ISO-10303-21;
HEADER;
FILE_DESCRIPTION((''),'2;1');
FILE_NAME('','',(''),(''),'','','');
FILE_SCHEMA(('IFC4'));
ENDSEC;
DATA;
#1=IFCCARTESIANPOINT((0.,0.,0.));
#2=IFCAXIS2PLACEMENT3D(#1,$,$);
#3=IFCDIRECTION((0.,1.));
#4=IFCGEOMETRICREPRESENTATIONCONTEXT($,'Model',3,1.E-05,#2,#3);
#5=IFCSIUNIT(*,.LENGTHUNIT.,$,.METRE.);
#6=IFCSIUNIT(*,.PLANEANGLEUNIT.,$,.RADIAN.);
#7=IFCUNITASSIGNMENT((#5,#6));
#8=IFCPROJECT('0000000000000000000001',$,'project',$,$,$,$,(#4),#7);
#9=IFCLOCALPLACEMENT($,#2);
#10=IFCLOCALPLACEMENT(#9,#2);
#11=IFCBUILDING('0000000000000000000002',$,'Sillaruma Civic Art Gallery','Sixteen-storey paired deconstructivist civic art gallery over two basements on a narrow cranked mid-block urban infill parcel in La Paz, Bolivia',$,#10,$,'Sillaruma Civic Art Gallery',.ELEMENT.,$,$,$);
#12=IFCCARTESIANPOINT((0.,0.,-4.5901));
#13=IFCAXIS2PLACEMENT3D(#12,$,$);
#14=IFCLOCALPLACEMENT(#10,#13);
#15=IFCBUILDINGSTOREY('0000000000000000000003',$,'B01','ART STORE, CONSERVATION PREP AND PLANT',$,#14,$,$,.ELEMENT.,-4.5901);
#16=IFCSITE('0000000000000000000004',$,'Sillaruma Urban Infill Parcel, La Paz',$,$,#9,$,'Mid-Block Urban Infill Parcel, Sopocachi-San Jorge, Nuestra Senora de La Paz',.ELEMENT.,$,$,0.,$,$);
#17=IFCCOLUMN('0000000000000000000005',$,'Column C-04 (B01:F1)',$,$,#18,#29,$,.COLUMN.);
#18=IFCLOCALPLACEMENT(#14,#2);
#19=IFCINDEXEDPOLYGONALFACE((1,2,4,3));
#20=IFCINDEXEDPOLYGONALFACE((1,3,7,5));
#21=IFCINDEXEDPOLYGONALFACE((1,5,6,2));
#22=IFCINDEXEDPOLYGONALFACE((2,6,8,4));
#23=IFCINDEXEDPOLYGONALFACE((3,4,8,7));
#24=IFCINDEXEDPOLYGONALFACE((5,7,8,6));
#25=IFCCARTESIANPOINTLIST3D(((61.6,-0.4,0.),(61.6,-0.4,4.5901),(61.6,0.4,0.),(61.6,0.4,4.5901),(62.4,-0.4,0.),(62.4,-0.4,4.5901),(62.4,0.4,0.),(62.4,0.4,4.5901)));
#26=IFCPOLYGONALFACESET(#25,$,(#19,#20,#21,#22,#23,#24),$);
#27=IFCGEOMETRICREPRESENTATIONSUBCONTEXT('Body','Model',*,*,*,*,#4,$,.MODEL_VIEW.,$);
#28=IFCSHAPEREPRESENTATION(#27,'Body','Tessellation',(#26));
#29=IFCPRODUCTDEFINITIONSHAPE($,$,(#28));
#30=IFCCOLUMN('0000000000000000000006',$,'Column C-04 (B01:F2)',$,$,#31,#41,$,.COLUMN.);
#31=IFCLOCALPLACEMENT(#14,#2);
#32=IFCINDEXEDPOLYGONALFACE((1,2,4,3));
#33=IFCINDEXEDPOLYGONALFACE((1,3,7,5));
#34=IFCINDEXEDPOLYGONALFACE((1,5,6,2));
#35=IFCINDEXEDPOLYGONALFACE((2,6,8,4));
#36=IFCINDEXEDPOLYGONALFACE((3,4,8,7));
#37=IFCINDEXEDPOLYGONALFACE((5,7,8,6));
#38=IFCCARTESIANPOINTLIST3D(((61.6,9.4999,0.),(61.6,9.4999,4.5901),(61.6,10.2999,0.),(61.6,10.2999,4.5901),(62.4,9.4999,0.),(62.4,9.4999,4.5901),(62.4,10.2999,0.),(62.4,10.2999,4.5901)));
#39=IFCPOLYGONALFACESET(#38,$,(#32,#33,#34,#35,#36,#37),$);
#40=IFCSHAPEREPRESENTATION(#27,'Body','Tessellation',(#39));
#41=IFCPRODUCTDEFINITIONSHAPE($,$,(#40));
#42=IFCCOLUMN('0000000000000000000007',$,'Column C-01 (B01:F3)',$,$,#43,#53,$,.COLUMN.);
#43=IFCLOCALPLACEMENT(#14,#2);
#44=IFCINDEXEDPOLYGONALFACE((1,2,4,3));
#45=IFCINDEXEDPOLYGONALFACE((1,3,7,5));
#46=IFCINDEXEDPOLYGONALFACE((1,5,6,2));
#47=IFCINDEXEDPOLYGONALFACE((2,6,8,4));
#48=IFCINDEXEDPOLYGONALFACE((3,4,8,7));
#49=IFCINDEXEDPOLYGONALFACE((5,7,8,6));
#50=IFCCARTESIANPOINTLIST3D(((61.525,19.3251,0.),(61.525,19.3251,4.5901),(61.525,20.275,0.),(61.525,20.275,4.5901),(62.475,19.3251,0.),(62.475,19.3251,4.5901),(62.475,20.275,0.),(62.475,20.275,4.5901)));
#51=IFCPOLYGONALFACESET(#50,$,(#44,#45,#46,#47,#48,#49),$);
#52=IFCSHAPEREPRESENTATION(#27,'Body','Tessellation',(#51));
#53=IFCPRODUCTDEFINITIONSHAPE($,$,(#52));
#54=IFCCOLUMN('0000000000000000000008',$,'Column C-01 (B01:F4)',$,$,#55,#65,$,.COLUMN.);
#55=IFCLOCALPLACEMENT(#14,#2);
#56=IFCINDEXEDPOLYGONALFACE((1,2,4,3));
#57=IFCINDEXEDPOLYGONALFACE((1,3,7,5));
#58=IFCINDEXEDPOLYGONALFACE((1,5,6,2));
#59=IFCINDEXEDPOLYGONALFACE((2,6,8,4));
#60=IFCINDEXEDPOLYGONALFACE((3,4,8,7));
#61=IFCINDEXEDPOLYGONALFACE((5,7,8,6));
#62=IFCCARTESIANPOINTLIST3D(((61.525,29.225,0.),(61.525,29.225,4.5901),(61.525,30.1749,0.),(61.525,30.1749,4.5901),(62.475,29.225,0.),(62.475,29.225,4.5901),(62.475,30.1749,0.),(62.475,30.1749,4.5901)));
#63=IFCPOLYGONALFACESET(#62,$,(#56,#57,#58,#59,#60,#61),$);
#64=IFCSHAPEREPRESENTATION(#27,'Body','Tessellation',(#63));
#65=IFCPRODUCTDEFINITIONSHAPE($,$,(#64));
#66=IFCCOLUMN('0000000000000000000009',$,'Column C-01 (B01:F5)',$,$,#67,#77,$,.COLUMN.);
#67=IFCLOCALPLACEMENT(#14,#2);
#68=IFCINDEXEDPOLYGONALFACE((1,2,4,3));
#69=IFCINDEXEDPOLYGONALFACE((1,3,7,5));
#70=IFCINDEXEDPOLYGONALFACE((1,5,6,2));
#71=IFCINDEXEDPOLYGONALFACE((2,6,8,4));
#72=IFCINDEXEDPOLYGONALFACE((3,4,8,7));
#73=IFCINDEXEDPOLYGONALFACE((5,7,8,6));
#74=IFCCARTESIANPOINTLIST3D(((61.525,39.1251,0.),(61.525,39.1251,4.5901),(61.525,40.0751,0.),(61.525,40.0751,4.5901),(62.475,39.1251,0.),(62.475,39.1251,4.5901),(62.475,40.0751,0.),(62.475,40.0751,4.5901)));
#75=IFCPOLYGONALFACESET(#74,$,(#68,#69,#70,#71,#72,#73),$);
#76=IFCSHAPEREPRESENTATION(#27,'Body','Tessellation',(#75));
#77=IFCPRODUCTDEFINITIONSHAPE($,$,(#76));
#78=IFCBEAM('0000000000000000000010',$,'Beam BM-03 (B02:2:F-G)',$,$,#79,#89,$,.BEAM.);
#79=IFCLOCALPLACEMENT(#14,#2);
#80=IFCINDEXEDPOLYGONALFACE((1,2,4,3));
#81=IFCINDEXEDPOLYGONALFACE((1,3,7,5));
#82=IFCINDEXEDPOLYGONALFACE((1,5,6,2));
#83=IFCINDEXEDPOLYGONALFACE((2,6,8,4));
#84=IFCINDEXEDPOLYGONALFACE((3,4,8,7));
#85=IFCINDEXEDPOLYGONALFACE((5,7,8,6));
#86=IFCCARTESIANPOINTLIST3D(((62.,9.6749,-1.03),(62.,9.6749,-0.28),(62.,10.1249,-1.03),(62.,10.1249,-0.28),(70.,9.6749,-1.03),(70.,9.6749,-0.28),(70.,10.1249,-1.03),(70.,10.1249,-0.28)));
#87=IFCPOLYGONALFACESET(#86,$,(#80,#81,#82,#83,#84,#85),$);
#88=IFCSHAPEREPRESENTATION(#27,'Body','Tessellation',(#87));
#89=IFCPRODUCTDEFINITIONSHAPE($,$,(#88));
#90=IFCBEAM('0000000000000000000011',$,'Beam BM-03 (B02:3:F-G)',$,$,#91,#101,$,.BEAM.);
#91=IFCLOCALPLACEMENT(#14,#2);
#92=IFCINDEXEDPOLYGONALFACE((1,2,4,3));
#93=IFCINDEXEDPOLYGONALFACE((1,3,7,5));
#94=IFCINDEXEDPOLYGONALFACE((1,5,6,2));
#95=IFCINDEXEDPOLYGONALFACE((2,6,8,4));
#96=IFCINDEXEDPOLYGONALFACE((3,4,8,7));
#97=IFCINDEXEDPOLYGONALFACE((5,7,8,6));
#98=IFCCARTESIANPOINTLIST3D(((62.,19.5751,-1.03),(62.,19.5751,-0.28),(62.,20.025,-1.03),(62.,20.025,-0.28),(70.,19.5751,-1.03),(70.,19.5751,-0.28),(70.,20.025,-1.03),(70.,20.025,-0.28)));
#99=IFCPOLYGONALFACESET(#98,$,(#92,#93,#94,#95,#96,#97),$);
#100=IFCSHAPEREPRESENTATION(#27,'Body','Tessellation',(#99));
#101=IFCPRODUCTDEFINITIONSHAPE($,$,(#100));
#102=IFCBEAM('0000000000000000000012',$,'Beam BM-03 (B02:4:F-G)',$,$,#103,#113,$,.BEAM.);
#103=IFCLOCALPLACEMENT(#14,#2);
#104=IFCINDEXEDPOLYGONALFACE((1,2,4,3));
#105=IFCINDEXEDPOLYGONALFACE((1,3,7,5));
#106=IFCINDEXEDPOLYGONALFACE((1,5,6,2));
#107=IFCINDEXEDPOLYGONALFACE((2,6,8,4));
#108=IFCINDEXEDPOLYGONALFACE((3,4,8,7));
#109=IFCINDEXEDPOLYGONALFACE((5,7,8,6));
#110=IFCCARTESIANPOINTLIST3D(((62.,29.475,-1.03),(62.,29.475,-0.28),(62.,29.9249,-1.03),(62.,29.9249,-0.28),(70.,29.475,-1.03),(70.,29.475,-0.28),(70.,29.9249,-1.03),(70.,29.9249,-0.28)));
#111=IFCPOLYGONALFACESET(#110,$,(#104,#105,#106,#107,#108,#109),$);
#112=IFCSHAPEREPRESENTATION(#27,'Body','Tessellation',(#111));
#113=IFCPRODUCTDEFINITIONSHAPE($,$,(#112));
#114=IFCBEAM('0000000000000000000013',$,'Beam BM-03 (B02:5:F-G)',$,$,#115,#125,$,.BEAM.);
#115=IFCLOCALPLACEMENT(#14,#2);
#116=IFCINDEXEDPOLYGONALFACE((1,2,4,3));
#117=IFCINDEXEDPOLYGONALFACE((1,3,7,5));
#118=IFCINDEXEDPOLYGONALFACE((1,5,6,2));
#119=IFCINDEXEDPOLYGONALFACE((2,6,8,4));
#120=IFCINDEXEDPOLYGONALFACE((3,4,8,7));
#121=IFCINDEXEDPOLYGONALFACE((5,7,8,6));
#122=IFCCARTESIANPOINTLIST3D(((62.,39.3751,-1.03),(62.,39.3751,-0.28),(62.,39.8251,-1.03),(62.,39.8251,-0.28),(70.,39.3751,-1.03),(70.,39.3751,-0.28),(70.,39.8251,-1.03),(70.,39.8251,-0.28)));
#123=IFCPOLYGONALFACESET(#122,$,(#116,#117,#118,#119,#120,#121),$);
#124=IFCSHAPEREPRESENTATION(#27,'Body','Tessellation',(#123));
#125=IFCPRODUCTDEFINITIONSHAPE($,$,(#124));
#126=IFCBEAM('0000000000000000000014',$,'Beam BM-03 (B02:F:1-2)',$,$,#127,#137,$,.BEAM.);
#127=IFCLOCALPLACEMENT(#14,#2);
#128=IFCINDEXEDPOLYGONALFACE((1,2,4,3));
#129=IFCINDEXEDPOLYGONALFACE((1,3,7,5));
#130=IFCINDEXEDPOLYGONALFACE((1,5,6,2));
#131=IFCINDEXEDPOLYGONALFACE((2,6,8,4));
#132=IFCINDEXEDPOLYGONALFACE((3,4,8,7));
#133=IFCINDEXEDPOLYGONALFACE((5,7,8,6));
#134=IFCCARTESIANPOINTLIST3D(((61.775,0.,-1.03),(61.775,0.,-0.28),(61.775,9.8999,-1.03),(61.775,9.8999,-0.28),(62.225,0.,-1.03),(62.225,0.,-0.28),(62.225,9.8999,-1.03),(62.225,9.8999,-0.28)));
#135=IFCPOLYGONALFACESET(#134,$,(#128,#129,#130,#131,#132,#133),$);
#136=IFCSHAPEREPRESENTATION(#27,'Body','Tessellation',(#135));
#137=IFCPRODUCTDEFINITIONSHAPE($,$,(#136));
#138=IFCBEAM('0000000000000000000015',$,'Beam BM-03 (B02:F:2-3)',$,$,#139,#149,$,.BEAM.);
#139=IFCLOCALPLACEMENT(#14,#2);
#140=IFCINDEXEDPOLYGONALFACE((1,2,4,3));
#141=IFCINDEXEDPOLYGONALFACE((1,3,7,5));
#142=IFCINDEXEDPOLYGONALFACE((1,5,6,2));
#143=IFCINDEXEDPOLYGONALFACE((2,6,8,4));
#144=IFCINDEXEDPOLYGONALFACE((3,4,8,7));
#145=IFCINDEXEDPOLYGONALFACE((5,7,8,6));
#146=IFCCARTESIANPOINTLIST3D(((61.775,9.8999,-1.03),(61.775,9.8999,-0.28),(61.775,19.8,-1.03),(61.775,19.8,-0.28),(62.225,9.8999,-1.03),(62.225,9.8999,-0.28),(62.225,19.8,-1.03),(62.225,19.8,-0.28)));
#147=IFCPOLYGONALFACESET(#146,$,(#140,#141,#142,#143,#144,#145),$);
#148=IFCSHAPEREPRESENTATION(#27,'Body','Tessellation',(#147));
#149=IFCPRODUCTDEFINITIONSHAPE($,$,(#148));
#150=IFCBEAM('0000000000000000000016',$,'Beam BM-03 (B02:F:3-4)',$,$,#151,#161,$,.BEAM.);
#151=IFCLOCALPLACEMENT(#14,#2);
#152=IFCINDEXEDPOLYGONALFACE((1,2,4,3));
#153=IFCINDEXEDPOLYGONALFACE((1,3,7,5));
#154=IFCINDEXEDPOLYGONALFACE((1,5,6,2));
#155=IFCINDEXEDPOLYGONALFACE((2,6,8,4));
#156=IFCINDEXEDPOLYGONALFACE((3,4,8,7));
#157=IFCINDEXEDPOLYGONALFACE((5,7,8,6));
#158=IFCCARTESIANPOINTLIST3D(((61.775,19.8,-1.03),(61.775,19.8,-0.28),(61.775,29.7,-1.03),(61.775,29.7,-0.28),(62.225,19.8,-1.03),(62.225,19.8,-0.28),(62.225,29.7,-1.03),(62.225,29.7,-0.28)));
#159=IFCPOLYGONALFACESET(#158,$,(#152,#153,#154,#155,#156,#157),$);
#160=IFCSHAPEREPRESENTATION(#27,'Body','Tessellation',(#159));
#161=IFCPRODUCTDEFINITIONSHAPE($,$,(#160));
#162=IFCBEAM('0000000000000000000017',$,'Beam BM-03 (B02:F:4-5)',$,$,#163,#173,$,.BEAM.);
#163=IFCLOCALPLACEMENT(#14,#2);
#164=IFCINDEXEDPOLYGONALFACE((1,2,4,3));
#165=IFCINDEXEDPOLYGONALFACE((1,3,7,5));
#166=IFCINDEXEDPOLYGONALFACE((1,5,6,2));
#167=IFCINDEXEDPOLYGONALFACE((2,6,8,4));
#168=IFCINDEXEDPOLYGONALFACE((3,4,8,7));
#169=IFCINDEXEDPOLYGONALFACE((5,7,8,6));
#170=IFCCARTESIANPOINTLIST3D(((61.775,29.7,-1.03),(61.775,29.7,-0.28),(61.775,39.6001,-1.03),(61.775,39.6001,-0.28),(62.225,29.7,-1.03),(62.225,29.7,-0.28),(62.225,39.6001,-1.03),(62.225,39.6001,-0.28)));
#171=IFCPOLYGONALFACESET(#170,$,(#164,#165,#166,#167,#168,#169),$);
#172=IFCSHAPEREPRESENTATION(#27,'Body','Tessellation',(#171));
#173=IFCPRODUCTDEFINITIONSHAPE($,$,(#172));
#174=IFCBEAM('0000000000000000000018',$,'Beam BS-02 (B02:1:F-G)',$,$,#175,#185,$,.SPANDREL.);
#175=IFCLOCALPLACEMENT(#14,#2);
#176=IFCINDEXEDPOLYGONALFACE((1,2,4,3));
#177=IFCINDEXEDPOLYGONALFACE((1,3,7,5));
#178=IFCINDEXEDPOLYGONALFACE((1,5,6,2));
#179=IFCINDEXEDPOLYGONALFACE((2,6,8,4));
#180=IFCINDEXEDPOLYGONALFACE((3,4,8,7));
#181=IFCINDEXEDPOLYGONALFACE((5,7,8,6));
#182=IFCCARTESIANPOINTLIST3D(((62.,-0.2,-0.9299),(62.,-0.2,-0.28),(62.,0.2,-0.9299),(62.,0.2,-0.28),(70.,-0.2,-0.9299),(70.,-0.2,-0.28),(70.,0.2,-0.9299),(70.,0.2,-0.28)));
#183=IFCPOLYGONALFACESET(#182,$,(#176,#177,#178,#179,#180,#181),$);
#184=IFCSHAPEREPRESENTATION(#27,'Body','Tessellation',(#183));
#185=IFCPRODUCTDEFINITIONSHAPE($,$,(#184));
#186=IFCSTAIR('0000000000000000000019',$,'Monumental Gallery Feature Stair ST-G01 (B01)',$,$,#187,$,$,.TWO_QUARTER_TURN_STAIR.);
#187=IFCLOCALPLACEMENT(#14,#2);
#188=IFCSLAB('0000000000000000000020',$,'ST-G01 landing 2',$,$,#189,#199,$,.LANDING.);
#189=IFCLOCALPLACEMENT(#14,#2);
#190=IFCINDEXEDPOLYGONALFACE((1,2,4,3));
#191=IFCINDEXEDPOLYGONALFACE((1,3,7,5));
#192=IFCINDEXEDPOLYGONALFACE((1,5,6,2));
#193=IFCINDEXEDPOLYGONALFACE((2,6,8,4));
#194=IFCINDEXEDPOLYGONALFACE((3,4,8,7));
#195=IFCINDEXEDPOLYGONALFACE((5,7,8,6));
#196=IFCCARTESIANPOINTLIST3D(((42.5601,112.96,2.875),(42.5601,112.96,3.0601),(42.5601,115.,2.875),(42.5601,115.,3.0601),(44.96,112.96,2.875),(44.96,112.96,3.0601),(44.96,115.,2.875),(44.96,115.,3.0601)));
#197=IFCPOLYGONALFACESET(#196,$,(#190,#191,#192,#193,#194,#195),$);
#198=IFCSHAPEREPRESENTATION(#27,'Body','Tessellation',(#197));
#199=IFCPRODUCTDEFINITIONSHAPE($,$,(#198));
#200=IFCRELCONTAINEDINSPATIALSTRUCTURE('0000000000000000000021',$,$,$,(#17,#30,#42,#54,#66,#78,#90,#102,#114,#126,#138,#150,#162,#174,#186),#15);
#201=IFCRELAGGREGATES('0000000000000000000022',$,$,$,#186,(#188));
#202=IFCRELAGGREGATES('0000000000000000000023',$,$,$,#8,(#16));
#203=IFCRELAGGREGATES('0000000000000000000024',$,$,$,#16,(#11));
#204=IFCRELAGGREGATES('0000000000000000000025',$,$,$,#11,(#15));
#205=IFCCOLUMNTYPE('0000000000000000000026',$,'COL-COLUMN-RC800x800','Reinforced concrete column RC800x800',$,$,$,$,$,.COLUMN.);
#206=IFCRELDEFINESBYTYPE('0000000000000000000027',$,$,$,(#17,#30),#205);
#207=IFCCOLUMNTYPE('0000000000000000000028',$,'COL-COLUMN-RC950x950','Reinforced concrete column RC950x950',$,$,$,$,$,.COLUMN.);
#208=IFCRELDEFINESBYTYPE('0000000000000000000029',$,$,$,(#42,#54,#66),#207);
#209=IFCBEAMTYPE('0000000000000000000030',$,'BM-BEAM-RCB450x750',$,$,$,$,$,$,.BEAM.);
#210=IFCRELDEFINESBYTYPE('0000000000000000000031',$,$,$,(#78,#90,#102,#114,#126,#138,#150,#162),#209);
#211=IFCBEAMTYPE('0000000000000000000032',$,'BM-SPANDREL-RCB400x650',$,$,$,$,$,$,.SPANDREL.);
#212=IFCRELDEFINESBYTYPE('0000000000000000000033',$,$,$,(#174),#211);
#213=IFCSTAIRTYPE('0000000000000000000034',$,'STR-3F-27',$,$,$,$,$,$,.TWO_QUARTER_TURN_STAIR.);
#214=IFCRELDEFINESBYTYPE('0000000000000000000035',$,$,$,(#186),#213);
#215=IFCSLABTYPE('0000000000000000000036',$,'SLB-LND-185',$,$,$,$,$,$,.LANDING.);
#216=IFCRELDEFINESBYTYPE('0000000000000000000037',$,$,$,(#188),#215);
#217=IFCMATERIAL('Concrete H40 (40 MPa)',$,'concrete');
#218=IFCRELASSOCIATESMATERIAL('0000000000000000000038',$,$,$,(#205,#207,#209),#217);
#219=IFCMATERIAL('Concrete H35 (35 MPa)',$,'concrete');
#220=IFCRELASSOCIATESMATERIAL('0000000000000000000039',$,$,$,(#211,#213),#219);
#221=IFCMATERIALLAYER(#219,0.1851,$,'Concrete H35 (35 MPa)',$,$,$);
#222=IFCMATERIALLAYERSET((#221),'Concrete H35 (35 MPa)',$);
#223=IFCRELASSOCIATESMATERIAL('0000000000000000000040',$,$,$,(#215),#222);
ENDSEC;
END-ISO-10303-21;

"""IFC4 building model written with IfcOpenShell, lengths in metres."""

from ifc_helpers import new_model, si_unit, direction, frame, origin, origin_2d, place, context, subcontext, project, spatial, polyline, rectangle, outline, extrude, material, layer, layer_set, material_profile, profile_set, type_object, element, aggregate, save


model = new_model("IFC4")

# Units and contexts
model_context = context("Model", 3, precision=1e-05, world=origin(), true_north=direction((0.0, 1.0)))
body_context = subcontext(model_context, "Body", "Model", "MODEL_VIEW")
ifc_project = project(units=[si_unit("LENGTHUNIT", "METRE"), si_unit("PLANEANGLEUNIT", "RADIAN")], contexts=[model_context])

# Site, building, storey
site_placement = place(None, origin())
site = spatial("IfcSite", under=ifc_project, at=site_placement, Name="Sillaruma Urban Infill Parcel, La Paz", LongName="Mid-Block Urban Infill Parcel, Sopocachi-San Jorge, Nuestra Senora de La Paz", CompositionType="ELEMENT", RefElevation=0.0)
building_placement = place(site_placement, origin())
building = spatial("IfcBuilding", under=site, at=building_placement, Name="Sillaruma Civic Art Gallery", Description="Sixteen-storey paired deconstructivist civic art gallery over two basements on a narrow cranked mid-block urban infill parcel in La Paz, Bolivia", LongName="Sillaruma Civic Art Gallery", CompositionType="ELEMENT")
storey_placement = place(building_placement, frame((0.0, 0.0, -4.5901)))
storey = spatial("IfcBuildingStorey", under=building, at=storey_placement, Name="B01", Description="ART STORE, CONSERVATION PREP AND PLANT", CompositionType="ELEMENT", Elevation=-4.5901)

# Columns
ifc_material_1 = material(Name="Concrete H40 (40 MPa)", Category="concrete")
ifc_material_profile_1 = material_profile(ifc_material_1, rectangle(XDim=0.8, YDim=0.8, at=origin_2d()), Name="RC800x800")
ifc_profile_set_1 = profile_set([ifc_material_profile_1], Name="Concrete H40 (40 MPa)")
column_type_1 = type_object("IfcColumnType", Name="COL-COLUMN-RC800x800", Description="Reinforced concrete column RC800x800", PredefinedType="COLUMN", material=ifc_profile_set_1)
for number, where, z_axis, x_axis, name in (
    (1, (62.0, 0.0, 0.0), (0.0, 0.0, 1.0), (1.0, 0.0, 0.0), "Column C-04 (B01:F1)"),
    (2, (62.0, 9.8999, 0.0), (0.0, 0.0, 1.0), (1.0, 0.0, 0.0), "Column C-04 (B01:F2)"),
):
    element("IfcColumn", number, at=place(storey_placement, frame(where, z_axis=z_axis, x_axis=x_axis)), inside=storey, type_object=column_type_1, Name=name, PredefinedType="COLUMN", context=body_context, shape_type="SweptSolid", body=[
        extrude(rectangle(XDim=0.8, YDim=0.8, at=origin_2d()), origin(), (0.0, 0.0, 1.0), 4.5901),
    ])
ifc_material_profile_2 = material_profile(ifc_material_1, rectangle(XDim=0.95, YDim=0.95, at=origin_2d()), Name="RC950x950")
ifc_profile_set_2 = profile_set([ifc_material_profile_2], Name="Concrete H40 (40 MPa)")
column_type_2 = type_object("IfcColumnType", Name="COL-COLUMN-RC950x950", Description="Reinforced concrete column RC950x950", PredefinedType="COLUMN", material=ifc_profile_set_2)
for number, where, z_axis, x_axis, name in (
    (3, (62.0, 19.8, 0.0), (0.0, 0.0, 1.0), (1.0, 0.0, 0.0), "Column C-01 (B01:F3)"),
    (4, (62.0, 29.7, 0.0), (0.0, 0.0, 1.0), (1.0, 0.0, 0.0), "Column C-01 (B01:F4)"),
    (5, (62.0, 39.6001, 0.0), (0.0, 0.0, 1.0), (1.0, 0.0, 0.0), "Column C-01 (B01:F5)"),
):
    element("IfcColumn", number, at=place(storey_placement, frame(where, z_axis=z_axis, x_axis=x_axis)), inside=storey, type_object=column_type_2, Name=name, PredefinedType="COLUMN", context=body_context, shape_type="SweptSolid", body=[
        extrude(rectangle(XDim=0.95, YDim=0.95, at=origin_2d()), origin(), (0.0, 0.0, 1.0), 4.5901),
    ])

# Beams
ifc_material_profile_3 = material_profile(ifc_material_1, rectangle(XDim=0.45, YDim=0.75, at=origin_2d()), Name="RCB450x750")
ifc_profile_set_3 = profile_set([ifc_material_profile_3], Name="Concrete H40 (40 MPa)")
beam_type_1 = type_object("IfcBeamType", Name="BM-BEAM-RCB450x750", PredefinedType="BEAM", material=ifc_profile_set_3)
for number, where, z_axis, x_axis, name in (
    (6, (62.0, 9.8999, -0.655), (1.0, 0.0, 0.0), (0.0, 1.0, 0.0), "Beam BM-03 (B02:2:F-G)"),
    (7, (62.0, 19.8, -0.655), (1.0, 0.0, 0.0), (0.0, 1.0, 0.0), "Beam BM-03 (B02:3:F-G)"),
    (8, (62.0, 29.7, -0.655), (1.0, 0.0, 0.0), (0.0, 1.0, 0.0), "Beam BM-03 (B02:4:F-G)"),
    (9, (62.0, 39.6001, -0.655), (1.0, 0.0, 0.0), (0.0, 1.0, 0.0), "Beam BM-03 (B02:5:F-G)"),
):
    element("IfcBeam", number, at=place(storey_placement, frame(where, z_axis=z_axis, x_axis=x_axis)), inside=storey, type_object=beam_type_1, Name=name, PredefinedType="BEAM", context=body_context, shape_type="SweptSolid", body=[
        extrude(rectangle(XDim=0.45, YDim=0.75, at=origin_2d()), origin(), (0.0, 0.0, 1.0), 8.0),
    ])
beam_1_placement = place(storey_placement, frame((62.0, 0.0, -0.655), z_axis=(0.0, 1.0, 0.0), x_axis=(-1.0, 0.0, 0.0)))
element("IfcBeam", 10, at=beam_1_placement, inside=storey, type_object=beam_type_1, Name="Beam BM-03 (B02:F:1-2)", PredefinedType="BEAM", context=body_context, shape_type="SweptSolid", body=[
    extrude(rectangle(XDim=0.45, YDim=0.75, at=origin_2d()), origin(), (0.0, 0.0, 1.0), 9.8999),
])
beam_2_placement = place(storey_placement, frame((62.0, 9.8999, -0.655), z_axis=(0.0, 1.0, 0.0), x_axis=(-1.0, 0.0, 0.0)))
element("IfcBeam", 11, at=beam_2_placement, inside=storey, type_object=beam_type_1, Name="Beam BM-03 (B02:F:2-3)", PredefinedType="BEAM", context=body_context, shape_type="SweptSolid", body=[
    extrude(rectangle(XDim=0.45, YDim=0.75, at=origin_2d()), origin(), (0.0, 0.0, 1.0), 9.9001),
])
beam_3_placement = place(storey_placement, frame((62.0, 19.8, -0.655), z_axis=(0.0, 1.0, 0.0), x_axis=(-1.0, 0.0, 0.0)))
element("IfcBeam", 12, at=beam_3_placement, inside=storey, type_object=beam_type_1, Name="Beam BM-03 (B02:F:3-4)", PredefinedType="BEAM", context=body_context, shape_type="SweptSolid", body=[
    extrude(rectangle(XDim=0.45, YDim=0.75, at=origin_2d()), origin(), (0.0, 0.0, 1.0), 9.8999),
])
beam_4_placement = place(storey_placement, frame((62.0, 29.7, -0.655), z_axis=(0.0, 1.0, 0.0), x_axis=(-1.0, 0.0, 0.0)))
element("IfcBeam", 13, at=beam_4_placement, inside=storey, type_object=beam_type_1, Name="Beam BM-03 (B02:F:4-5)", PredefinedType="BEAM", context=body_context, shape_type="SweptSolid", body=[
    extrude(rectangle(XDim=0.45, YDim=0.75, at=origin_2d()), origin(), (0.0, 0.0, 1.0), 9.9001),
])
ifc_material_2 = material(Name="Concrete H35 (35 MPa)", Category="concrete")
ifc_material_profile_4 = material_profile(ifc_material_2, rectangle(XDim=0.3999, YDim=0.6499, at=origin_2d()), Name="RCB400x650")
ifc_profile_set_4 = profile_set([ifc_material_profile_4], Name="Concrete H35 (35 MPa)")
beam_type_2 = type_object("IfcBeamType", Name="BM-SPANDREL-RCB400x650", PredefinedType="SPANDREL", material=ifc_profile_set_4)
beam_5_placement = place(storey_placement, frame((62.0, 0.0, -0.605), z_axis=(1.0, 0.0, 0.0), x_axis=(0.0, 1.0, 0.0)))
element("IfcBeam", 14, at=beam_5_placement, inside=storey, type_object=beam_type_2, Name="Beam BS-02 (B02:1:F-G)", PredefinedType="SPANDREL", context=body_context, shape_type="SweptSolid", body=[
    extrude(rectangle(XDim=0.3999, YDim=0.6499, at=origin_2d()), origin(), (0.0, 0.0, 1.0), 8.0),
])

# Stair, slab
stair_type = type_object("IfcStairType", Name="STR-3F-27", PredefinedType="TWO_QUARTER_TURN_STAIR", material=ifc_material_2)
stair_placement = place(storey_placement, origin())
stair = element("IfcStair", 15, at=stair_placement, inside=storey, type_object=stair_type, Name="Monumental Gallery Feature Stair ST-G01 (B01)", PredefinedType="TWO_QUARTER_TURN_STAIR")
ifc_layer_1 = layer(ifc_material_2, 0.1851, Name="Concrete H35 (35 MPa)")
ifc_layer_set_1 = layer_set([ifc_layer_1], Name="Concrete H35 (35 MPa)")
slab_type = type_object("IfcSlabType", Name="SLB-LND-185", PredefinedType="LANDING", material=ifc_layer_set_1)
slab_placement = place(storey_placement, frame((0.0, 0.0, 2.875)))
slab = element("IfcSlab", 16, at=slab_placement, type_object=slab_type, Name="ST-G01 landing 2", PredefinedType="LANDING", context=body_context, shape_type="SweptSolid", body=[
    extrude(outline(polyline([(42.5601, 112.96), (44.96, 112.96), (44.96, 115.0), (42.5601, 115.0), (42.5601, 112.96)])), origin(), (0.0, 0.0, 1.0), 0.1851),
])
aggregate(stair, [slab])

save(model, "model.ifc")
